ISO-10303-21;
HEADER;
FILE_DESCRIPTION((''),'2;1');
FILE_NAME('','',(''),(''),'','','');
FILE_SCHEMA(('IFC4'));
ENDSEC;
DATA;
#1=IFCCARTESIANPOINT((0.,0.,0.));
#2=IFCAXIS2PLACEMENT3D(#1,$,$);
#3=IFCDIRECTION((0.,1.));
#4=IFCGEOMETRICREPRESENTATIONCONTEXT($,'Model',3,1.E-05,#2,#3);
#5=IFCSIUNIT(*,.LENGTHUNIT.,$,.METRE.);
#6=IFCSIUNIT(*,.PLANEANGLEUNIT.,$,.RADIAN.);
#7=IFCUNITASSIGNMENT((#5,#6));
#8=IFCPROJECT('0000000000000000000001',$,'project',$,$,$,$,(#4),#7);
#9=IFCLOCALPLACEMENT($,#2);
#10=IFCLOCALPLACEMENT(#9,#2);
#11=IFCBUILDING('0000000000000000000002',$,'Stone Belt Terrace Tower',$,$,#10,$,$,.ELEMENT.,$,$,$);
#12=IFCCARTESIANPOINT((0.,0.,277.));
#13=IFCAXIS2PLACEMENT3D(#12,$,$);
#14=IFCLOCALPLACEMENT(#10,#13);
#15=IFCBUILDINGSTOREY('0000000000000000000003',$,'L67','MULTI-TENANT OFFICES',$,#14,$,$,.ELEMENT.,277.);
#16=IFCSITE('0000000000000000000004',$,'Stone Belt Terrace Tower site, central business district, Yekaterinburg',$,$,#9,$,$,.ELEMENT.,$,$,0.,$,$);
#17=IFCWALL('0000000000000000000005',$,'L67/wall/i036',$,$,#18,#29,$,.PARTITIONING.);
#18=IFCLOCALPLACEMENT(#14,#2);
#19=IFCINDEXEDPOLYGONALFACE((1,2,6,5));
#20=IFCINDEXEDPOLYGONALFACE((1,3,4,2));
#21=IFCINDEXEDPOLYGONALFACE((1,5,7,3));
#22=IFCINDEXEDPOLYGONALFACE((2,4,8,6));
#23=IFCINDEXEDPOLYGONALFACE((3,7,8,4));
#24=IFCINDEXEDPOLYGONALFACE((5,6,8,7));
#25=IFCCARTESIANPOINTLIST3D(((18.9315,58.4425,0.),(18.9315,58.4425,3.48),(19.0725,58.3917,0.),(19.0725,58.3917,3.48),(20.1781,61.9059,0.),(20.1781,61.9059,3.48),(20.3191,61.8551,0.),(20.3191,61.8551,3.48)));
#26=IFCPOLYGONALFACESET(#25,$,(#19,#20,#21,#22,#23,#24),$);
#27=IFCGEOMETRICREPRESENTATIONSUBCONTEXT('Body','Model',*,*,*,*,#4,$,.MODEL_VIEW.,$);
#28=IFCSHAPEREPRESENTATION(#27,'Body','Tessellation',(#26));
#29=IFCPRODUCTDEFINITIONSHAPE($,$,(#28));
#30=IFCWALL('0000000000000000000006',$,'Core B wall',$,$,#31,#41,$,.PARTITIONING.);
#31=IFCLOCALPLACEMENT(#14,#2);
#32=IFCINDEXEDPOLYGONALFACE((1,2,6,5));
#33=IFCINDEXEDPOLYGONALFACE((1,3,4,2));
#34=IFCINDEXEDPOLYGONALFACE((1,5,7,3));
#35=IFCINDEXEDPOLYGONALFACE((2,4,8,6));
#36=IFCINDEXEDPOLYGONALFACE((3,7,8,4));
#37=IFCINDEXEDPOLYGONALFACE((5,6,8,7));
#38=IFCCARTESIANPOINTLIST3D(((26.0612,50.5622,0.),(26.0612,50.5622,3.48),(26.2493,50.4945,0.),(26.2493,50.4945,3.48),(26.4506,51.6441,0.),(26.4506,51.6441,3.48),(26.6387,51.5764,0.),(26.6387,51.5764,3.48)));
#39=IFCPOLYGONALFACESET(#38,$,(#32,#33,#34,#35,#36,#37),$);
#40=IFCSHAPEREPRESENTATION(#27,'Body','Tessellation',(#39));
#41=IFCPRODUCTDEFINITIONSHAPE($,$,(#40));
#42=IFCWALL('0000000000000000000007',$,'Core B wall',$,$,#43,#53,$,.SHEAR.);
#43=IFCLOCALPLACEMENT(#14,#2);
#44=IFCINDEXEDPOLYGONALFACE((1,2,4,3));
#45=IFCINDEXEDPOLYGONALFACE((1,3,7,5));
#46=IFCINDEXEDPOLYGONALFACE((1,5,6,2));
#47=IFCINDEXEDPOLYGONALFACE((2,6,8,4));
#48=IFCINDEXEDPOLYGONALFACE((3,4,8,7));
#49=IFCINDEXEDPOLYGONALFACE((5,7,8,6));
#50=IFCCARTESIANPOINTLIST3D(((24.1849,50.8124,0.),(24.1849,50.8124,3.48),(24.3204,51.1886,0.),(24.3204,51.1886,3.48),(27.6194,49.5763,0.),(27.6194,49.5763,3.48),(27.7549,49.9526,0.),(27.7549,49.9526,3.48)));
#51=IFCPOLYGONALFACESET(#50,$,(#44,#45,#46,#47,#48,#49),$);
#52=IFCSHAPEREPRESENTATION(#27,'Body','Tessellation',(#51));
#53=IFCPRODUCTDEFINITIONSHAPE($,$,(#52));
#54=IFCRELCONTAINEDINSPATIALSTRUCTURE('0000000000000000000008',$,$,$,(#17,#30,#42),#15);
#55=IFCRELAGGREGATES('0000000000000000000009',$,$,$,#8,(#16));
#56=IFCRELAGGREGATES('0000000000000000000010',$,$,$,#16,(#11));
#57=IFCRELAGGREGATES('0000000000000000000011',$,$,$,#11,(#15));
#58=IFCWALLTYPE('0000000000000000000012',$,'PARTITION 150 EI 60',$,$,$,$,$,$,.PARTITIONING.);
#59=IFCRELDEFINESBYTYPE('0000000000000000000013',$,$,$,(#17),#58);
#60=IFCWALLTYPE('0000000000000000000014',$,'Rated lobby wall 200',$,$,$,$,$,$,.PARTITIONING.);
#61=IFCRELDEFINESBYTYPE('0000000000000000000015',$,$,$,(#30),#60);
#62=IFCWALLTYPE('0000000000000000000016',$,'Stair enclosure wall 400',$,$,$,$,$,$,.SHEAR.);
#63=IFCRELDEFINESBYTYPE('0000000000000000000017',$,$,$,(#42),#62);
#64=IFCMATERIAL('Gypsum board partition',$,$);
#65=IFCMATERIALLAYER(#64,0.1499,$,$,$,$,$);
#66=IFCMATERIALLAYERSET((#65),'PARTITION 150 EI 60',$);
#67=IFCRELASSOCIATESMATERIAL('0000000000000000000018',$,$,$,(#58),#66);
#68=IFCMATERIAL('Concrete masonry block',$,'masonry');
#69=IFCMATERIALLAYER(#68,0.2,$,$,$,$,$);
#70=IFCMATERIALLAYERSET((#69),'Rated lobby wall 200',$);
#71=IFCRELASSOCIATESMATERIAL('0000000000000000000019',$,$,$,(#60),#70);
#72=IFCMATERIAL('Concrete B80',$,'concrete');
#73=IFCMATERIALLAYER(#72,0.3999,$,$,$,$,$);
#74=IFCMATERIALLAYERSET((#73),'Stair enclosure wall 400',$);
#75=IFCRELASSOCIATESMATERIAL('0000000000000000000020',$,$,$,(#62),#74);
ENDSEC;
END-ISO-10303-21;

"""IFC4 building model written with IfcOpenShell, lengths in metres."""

from ifc_helpers import new_model, si_unit, direction, frame, frame_2d, origin, place, context, subcontext, project, spatial, rectangle, extrude, material, layer, layer_set, type_object, element, save


model = new_model("IFC4")

# Units and contexts
model_context = context("Model", 3, precision=1e-05, world=origin(), true_north=direction((0.0, 1.0)))
body_context = subcontext(model_context, "Body", "Model", "MODEL_VIEW")
ifc_project = project(units=[si_unit("LENGTHUNIT", "METRE"), si_unit("PLANEANGLEUNIT", "RADIAN")], contexts=[model_context])

# Site, building, storey
site_placement = place(None, origin())
site = spatial("IfcSite", under=ifc_project, at=site_placement, Name="Stone Belt Terrace Tower site, central business district, Yekaterinburg", CompositionType="ELEMENT", RefElevation=0.0)
building_placement = place(site_placement, origin())
building = spatial("IfcBuilding", under=site, at=building_placement, Name="Stone Belt Terrace Tower", CompositionType="ELEMENT")
storey_placement = place(building_placement, frame((0.0, 0.0, 277.0)))
storey = spatial("IfcBuildingStorey", under=building, at=storey_placement, Name="L67", Description="MULTI-TENANT OFFICES", CompositionType="ELEMENT", Elevation=277.0)

# Shared definitions
ifc_material_1 = material(Name="Concrete B80", Category="concrete")

# Shared definitions
ifc_material_2 = material(Name="Gypsum board partition")
ifc_layer_1 = layer(ifc_material_2, 0.1499)
ifc_layer_set_1 = layer_set([ifc_layer_1], Name="PARTITION 150 EI 60")
wall_type_1 = type_object("IfcWallType", Name="PARTITION 150 EI 60", PredefinedType="PARTITIONING", material=ifc_layer_set_1)

# Walls
wall_1_placement = place(storey_placement, frame((20.2485, 61.8804, 0.0), z_axis=(0.0, 0.0, 1.0), x_axis=(-0.338663, -0.940908, 0.0)))
element("IfcWall", 1, at=wall_1_placement, inside=storey, type_object=wall_type_1, Name="L67/wall/i036", PredefinedType="PARTITIONING", context=body_context, shape_type="SweptSolid", body=[
    extrude(rectangle(XDim=3.6809, YDim=0.1499, at=frame_2d((1.8403, 0.0))), origin(), (0.0, 0.0, 1.0), 3.48),
])
ifc_material_3 = material(Name="Concrete masonry block", Category="masonry")
ifc_layer_2 = layer(ifc_material_3, 0.2)
ifc_layer_set_2 = layer_set([ifc_layer_2], Name="Rated lobby wall 200")
wall_type_2 = type_object("IfcWallType", Name="Rated lobby wall 200", PredefinedType="PARTITIONING", material=ifc_layer_set_2)
wall_2_placement = place(storey_placement, frame((26.1553, 50.5283, 0.0), z_axis=(0.0, 0.0, 1.0), x_axis=(0.338622, 0.940923, 0.0)))
element("IfcWall", 2, at=wall_2_placement, inside=storey, type_object=wall_type_2, Name="Core B wall", PredefinedType="PARTITIONING", context=body_context, shape_type="SweptSolid", body=[
    extrude(rectangle(XDim=1.1499, YDim=0.2, at=frame_2d((0.575, 0.0))), origin(), (0.0, 0.0, 1.0), 3.48),
])
ifc_layer_3 = layer(ifc_material_1, 0.3999)
ifc_layer_set_3 = layer_set([ifc_layer_3], Name="Stair enclosure wall 400")
wall_type_3 = type_object("IfcWallType", Name="Stair enclosure wall 400", PredefinedType="SHEAR", material=ifc_layer_set_3)
wall_3_placement = place(storey_placement, frame((27.6873, 49.7644, 0.0), z_axis=(0.0, 0.0, 1.0), x_axis=(-0.940919, 0.338632, 0.0)))
element("IfcWall", 3, at=wall_3_placement, inside=storey, type_object=wall_type_3, Name="Core B wall", PredefinedType="SHEAR", context=body_context, shape_type="SweptSolid", body=[
    extrude(rectangle(XDim=3.6501, YDim=0.3999, at=frame_2d((1.8252, 0.0))), origin(), (0.0, 0.0, 1.0), 3.48),
])

save(model, "model.ifc")
